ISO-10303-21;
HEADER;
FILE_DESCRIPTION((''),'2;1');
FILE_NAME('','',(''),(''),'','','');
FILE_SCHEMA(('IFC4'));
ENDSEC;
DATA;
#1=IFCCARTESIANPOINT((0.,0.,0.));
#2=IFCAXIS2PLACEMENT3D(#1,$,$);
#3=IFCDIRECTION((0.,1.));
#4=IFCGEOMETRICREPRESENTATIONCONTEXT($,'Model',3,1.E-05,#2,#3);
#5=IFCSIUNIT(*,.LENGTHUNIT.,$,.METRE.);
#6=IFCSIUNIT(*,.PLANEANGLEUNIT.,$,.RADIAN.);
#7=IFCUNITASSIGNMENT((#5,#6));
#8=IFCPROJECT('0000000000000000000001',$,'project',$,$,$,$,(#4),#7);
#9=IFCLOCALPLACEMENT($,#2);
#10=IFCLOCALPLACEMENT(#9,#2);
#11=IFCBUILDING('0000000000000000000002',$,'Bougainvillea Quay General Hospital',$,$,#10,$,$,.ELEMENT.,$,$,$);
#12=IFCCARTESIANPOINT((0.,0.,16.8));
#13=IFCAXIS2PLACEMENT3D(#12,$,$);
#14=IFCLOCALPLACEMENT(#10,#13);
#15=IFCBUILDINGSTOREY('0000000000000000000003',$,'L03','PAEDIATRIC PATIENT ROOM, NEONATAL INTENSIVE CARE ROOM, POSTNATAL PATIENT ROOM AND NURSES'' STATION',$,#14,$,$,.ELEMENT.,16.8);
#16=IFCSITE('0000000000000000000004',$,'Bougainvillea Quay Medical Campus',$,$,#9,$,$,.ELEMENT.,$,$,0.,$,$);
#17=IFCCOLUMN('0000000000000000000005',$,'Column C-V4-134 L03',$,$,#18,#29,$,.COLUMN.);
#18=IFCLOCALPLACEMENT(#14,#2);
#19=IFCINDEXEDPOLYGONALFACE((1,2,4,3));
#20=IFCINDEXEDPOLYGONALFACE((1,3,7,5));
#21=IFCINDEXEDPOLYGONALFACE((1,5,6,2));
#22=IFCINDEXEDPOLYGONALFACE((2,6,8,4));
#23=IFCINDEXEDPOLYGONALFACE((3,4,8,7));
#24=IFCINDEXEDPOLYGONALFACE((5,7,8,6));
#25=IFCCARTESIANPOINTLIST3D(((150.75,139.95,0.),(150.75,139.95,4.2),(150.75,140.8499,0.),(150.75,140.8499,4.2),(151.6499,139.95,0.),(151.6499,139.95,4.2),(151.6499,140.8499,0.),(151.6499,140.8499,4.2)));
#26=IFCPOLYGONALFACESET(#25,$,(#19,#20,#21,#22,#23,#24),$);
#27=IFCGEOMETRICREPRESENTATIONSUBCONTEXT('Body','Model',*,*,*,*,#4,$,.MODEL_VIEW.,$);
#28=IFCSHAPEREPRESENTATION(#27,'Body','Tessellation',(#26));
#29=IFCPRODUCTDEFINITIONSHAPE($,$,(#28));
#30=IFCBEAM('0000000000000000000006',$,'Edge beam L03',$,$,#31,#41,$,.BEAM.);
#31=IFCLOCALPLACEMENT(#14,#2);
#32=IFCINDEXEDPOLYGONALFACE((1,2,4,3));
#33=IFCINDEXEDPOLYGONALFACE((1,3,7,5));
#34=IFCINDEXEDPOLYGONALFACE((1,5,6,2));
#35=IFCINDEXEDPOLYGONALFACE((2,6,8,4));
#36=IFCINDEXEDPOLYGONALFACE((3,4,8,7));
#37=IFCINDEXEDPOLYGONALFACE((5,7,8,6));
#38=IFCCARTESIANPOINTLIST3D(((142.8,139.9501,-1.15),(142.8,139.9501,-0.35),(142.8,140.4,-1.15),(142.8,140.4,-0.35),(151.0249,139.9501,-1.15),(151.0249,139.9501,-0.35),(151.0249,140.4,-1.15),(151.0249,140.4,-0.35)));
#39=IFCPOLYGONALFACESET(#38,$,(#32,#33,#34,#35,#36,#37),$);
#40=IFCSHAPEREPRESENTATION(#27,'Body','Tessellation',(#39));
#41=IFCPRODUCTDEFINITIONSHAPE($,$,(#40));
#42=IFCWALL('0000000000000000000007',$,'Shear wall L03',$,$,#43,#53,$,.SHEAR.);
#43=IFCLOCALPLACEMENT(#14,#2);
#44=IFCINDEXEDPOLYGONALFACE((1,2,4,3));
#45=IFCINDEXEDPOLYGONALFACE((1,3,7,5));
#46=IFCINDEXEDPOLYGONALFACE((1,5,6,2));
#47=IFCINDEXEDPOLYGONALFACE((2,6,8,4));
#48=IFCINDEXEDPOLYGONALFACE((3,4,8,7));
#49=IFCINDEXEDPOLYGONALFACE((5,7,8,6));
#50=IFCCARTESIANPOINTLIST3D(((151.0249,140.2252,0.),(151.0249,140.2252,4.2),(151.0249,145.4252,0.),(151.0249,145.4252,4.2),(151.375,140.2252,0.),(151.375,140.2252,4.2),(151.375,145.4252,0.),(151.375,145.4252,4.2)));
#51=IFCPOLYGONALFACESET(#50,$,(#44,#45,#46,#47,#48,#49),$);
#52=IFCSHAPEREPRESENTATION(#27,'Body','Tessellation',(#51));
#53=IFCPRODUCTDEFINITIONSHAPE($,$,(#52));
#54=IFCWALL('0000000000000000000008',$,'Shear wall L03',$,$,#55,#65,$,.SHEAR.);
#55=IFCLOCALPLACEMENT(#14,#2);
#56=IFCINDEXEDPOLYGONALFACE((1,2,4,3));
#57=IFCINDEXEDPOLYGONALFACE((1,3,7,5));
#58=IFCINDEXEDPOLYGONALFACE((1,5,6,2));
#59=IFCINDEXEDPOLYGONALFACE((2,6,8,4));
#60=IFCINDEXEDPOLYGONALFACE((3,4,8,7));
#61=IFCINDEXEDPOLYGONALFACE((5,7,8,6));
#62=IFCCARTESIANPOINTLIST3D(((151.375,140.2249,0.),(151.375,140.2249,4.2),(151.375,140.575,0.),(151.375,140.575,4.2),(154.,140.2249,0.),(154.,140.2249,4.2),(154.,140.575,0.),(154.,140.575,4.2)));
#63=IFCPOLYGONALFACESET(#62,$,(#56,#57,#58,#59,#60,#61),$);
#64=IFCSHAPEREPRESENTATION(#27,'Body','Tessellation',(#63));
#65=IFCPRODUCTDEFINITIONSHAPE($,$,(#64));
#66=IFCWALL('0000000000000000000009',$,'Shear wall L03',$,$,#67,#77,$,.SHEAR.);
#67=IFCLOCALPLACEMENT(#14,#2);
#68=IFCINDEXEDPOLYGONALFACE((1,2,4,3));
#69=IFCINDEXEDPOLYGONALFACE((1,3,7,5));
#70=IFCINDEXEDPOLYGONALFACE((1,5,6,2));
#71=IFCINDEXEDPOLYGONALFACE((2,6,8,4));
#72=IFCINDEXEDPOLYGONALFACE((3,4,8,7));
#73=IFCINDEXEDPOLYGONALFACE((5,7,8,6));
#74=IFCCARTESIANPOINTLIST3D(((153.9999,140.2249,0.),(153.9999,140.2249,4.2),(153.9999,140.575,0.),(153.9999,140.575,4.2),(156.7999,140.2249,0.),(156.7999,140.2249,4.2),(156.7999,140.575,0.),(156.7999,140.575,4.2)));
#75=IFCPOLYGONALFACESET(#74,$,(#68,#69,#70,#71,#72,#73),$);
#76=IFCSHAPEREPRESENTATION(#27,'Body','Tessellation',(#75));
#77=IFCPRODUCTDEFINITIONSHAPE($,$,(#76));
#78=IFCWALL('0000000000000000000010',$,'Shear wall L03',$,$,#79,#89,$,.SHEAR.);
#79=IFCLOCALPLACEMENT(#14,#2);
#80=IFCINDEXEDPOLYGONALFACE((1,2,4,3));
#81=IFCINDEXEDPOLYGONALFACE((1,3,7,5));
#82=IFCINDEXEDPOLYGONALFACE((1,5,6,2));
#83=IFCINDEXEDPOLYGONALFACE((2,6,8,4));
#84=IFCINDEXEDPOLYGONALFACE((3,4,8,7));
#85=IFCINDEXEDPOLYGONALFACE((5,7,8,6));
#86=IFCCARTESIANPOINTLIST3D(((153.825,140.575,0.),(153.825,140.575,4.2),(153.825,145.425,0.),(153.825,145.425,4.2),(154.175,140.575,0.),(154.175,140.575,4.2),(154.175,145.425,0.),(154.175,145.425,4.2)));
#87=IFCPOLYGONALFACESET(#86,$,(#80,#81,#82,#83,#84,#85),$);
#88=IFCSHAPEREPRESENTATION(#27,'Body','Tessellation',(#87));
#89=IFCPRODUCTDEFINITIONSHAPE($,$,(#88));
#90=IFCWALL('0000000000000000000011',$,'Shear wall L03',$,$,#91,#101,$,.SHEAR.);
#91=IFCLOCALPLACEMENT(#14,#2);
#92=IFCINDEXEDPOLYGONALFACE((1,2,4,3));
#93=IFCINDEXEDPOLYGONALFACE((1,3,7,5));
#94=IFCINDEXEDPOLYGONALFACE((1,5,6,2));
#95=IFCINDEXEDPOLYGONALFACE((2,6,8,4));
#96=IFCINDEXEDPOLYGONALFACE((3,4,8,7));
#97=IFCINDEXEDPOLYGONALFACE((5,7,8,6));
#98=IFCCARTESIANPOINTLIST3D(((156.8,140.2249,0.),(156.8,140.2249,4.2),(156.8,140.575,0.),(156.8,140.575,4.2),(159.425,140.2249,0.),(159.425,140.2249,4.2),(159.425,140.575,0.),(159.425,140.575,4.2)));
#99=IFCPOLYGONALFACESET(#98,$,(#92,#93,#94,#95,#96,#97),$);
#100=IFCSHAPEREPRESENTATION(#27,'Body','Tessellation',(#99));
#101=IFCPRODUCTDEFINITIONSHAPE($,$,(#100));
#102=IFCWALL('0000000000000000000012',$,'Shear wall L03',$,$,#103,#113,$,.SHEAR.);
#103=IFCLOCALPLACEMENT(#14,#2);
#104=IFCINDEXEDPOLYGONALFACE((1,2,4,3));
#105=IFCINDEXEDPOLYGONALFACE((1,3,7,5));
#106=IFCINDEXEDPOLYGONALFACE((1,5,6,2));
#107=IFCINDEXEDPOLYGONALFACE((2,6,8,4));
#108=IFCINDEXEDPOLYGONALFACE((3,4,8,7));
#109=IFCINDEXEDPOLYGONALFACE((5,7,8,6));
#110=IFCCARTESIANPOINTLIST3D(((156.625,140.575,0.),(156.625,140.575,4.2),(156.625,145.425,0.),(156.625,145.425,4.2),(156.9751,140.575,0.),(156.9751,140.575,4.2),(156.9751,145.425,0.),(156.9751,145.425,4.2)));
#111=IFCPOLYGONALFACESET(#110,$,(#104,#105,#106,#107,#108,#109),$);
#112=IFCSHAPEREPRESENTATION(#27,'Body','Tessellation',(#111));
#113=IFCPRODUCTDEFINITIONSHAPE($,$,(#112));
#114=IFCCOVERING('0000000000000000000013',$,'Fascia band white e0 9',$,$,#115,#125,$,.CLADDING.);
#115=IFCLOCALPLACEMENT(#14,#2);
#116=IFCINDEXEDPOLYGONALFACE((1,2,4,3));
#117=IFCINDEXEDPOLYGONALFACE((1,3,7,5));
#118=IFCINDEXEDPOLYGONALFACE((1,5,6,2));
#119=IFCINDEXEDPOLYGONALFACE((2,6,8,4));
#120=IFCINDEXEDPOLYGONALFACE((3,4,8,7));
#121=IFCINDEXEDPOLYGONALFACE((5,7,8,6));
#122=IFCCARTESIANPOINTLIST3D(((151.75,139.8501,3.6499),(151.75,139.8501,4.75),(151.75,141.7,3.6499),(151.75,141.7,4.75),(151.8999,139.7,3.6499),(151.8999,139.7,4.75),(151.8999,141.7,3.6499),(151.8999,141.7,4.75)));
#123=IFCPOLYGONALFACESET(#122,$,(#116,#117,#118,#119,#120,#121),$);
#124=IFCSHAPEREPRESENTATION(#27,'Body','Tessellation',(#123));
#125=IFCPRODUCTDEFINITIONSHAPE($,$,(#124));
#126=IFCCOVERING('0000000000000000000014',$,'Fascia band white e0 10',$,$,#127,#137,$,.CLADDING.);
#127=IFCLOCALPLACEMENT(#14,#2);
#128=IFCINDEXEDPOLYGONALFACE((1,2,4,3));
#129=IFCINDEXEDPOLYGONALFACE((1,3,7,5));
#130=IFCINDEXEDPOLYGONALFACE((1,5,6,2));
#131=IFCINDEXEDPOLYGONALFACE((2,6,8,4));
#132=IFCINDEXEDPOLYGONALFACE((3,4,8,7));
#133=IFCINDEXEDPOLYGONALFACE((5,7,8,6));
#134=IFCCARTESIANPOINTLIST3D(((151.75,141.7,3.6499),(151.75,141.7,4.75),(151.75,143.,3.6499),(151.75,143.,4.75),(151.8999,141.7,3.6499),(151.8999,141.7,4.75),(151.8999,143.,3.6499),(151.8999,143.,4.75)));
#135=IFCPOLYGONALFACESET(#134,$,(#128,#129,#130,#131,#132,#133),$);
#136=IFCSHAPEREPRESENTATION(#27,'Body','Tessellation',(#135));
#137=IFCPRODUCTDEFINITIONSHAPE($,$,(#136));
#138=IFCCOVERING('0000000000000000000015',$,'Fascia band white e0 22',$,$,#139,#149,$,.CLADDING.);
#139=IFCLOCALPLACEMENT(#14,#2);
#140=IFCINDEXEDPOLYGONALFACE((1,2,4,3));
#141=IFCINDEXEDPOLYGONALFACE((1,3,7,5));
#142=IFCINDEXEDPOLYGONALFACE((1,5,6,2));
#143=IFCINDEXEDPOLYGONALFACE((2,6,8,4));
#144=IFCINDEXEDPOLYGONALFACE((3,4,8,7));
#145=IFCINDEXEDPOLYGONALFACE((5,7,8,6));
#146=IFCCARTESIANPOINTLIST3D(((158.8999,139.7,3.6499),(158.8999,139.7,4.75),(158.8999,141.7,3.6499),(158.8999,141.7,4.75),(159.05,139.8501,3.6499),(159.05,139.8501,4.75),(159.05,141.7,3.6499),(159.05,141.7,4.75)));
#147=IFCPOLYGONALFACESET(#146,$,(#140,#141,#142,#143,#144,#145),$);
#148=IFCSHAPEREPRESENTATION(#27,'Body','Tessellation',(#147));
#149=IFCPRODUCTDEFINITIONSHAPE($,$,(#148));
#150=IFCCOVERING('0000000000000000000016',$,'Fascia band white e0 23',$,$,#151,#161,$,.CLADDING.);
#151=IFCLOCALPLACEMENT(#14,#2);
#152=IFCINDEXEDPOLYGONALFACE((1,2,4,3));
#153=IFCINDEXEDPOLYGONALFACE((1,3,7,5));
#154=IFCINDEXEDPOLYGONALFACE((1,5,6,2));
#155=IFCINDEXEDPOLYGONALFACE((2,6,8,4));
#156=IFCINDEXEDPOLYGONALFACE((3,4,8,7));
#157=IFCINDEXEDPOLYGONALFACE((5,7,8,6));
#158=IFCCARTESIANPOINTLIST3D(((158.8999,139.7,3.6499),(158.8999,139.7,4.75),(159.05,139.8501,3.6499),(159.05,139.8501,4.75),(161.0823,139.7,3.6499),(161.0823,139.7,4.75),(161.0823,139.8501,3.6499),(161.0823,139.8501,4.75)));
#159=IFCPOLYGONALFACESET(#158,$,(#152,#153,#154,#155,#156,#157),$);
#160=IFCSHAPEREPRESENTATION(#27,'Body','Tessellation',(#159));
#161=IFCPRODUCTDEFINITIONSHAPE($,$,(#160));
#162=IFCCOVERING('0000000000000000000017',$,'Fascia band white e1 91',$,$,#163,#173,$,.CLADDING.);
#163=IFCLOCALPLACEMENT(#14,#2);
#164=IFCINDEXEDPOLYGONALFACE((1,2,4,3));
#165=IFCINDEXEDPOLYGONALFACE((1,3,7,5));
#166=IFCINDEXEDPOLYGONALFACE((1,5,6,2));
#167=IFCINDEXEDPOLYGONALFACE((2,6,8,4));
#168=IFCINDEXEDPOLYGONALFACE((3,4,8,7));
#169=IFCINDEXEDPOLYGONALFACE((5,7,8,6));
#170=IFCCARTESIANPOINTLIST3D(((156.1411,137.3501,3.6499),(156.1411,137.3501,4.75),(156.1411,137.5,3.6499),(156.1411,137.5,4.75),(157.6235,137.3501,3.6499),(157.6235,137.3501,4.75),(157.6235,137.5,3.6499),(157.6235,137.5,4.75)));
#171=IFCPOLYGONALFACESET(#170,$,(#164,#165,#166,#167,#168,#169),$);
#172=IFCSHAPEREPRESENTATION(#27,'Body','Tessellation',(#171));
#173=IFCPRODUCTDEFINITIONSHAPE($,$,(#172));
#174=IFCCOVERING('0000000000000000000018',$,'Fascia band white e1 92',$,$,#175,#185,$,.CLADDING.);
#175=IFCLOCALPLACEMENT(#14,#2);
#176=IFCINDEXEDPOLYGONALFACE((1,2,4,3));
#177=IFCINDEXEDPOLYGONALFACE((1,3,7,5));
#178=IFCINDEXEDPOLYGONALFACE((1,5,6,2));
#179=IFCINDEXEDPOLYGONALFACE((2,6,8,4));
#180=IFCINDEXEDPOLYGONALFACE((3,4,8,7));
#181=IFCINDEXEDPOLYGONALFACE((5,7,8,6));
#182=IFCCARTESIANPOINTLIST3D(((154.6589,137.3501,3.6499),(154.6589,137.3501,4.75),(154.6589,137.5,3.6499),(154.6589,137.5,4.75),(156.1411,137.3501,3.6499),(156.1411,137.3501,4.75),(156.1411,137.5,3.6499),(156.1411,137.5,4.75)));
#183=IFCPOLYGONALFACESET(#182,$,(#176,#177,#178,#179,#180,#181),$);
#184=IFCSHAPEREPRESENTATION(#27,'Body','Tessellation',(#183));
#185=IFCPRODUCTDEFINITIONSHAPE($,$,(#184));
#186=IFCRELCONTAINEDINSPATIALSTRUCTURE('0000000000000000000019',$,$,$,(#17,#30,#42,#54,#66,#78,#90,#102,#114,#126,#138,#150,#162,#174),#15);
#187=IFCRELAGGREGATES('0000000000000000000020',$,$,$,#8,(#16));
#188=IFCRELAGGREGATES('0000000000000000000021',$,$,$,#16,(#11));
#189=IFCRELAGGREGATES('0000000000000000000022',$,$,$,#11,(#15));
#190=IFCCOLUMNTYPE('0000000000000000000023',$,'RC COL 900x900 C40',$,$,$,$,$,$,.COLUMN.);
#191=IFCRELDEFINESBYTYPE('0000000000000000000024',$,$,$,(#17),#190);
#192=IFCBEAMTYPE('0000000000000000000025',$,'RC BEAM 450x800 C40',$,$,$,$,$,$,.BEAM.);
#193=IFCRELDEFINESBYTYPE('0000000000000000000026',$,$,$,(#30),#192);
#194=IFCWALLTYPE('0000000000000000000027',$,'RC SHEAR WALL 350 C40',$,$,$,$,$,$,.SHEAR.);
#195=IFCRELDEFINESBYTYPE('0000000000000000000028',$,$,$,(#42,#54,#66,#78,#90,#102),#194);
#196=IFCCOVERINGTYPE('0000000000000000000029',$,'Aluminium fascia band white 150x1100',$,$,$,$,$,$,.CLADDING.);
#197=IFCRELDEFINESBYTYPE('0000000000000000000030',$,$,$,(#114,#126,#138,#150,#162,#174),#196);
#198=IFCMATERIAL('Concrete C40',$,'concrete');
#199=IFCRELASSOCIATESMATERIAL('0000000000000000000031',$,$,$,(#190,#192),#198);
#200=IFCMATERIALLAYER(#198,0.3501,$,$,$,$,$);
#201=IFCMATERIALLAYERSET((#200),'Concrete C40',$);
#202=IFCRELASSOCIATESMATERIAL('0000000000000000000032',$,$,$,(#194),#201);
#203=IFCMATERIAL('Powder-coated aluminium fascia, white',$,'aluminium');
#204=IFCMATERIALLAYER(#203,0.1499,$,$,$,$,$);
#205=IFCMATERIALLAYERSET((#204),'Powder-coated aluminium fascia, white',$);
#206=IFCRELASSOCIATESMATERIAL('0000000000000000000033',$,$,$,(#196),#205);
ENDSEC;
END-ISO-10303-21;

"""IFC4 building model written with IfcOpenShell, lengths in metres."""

from ifc_helpers import new_model, si_unit, direction, frame, frame_2d, origin, origin_2d, place, context, subcontext, project, spatial, polyline, rectangle, outline, extrude, material, layer, layer_set, material_profile, profile_set, type_object, element, save


model = new_model("IFC4")

# Units and contexts
model_context = context("Model", 3, precision=1e-05, world=origin(), true_north=direction((0.0, 1.0)))
body_context = subcontext(model_context, "Body", "Model", "MODEL_VIEW")
ifc_project = project(units=[si_unit("LENGTHUNIT", "METRE"), si_unit("PLANEANGLEUNIT", "RADIAN")], contexts=[model_context])

# Site, building, storey
site_placement = place(None, origin())
site = spatial("IfcSite", under=ifc_project, at=site_placement, Name="Bougainvillea Quay Medical Campus", CompositionType="ELEMENT", RefElevation=0.0)
building_placement = place(site_placement, origin())
building = spatial("IfcBuilding", under=site, at=building_placement, Name="Bougainvillea Quay General Hospital", CompositionType="ELEMENT")
storey_placement = place(building_placement, frame((0.0, 0.0, 16.8)))
storey = spatial("IfcBuildingStorey", under=building, at=storey_placement, Name="L03", Description="PAEDIATRIC PATIENT ROOM, NEONATAL INTENSIVE CARE ROOM, POSTNATAL PATIENT ROOM AND NURSES' STATION", CompositionType="ELEMENT", Elevation=16.8)

# Column
ifc_material_1 = material(Name="Concrete C40", Category="concrete")
ifc_material_profile_1 = material_profile(ifc_material_1, rectangle(XDim=0.8999, YDim=0.8999, at=origin_2d()))
ifc_profile_set_1 = profile_set([ifc_material_profile_1], Name="Concrete C40")
column_type = type_object("IfcColumnType", Name="RC COL 900x900 C40", PredefinedType="COLUMN", material=ifc_profile_set_1)
column_placement = place(storey_placement, frame((151.2, 140.3999, 0.0), z_axis=(0.0, 0.0, 1.0), x_axis=(1.0, 0.0, 0.0)))
element("IfcColumn", 1, at=column_placement, inside=storey, type_object=column_type, Name="Column C-V4-134 L03", PredefinedType="COLUMN", context=body_context, shape_type="SweptSolid", body=[
    extrude(rectangle(XDim=0.8999, YDim=0.8999, at=origin_2d()), origin(), (0.0, 0.0, 1.0), 4.2),
])

# Beam
ifc_material_profile_2 = material_profile(ifc_material_1, rectangle(XDim=0.45, YDim=0.8, at=origin_2d()))
ifc_profile_set_2 = profile_set([ifc_material_profile_2], Name="Concrete C40")
beam_type = type_object("IfcBeamType", Name="RC BEAM 450x800 C40", PredefinedType="BEAM", material=ifc_profile_set_2)
beam_placement = place(storey_placement, frame((151.0249, 140.175, -0.75), z_axis=(-1.0, 0.0, 0.0), x_axis=(0.0, -1.0, 0.0)))
element("IfcBeam", 2, at=beam_placement, inside=storey, type_object=beam_type, Name="Edge beam L03", PredefinedType="BEAM", context=body_context, shape_type="SweptSolid", body=[
    extrude(rectangle(XDim=0.45, YDim=0.8, at=origin_2d()), origin(), (0.0, 0.0, 1.0), 8.2249),
])

# Walls
ifc_layer_1 = layer(ifc_material_1, 0.3501)
ifc_layer_set_1 = layer_set([ifc_layer_1], Name="Concrete C40")
wall_type = type_object("IfcWallType", Name="RC SHEAR WALL 350 C40", PredefinedType="SHEAR", material=ifc_layer_set_1)
wall_1_placement = place(storey_placement, frame((151.2, 140.2251, 0.0), z_axis=(0.0, 0.0, 1.0), x_axis=(0.0, 1.0, 0.0)))
element("IfcWall", 3, at=wall_1_placement, inside=storey, type_object=wall_type, Name="Shear wall L03", PredefinedType="SHEAR", context=body_context, shape_type="SweptSolid", body=[
    extrude(rectangle(XDim=5.2, YDim=0.3501, at=frame_2d((2.6001, 0.0))), origin(), (0.0, 0.0, 1.0), 4.2),
])
wall_2_placement = place(storey_placement, frame((151.375, 140.3999, 0.0), z_axis=(0.0, 0.0, 1.0), x_axis=(1.0, 0.0, 0.0)))
element("IfcWall", 4, at=wall_2_placement, inside=storey, type_object=wall_type, Name="Shear wall L03", PredefinedType="SHEAR", context=body_context, shape_type="SweptSolid", body=[
    extrude(rectangle(XDim=2.625, YDim=0.3501, at=frame_2d((1.3125, 0.0))), origin(), (0.0, 0.0, 1.0), 4.2),
])
wall_3_placement = place(storey_placement, frame((154.0, 140.3999, 0.0), z_axis=(0.0, 0.0, 1.0), x_axis=(1.0, 0.0, 0.0)))
element("IfcWall", 5, at=wall_3_placement, inside=storey, type_object=wall_type, Name="Shear wall L03", PredefinedType="SHEAR", context=body_context, shape_type="SweptSolid", body=[
    extrude(rectangle(XDim=2.8, YDim=0.3501, at=frame_2d((1.3999, 0.0))), origin(), (0.0, 0.0, 1.0), 4.2),
])
wall_4_placement = place(storey_placement, frame((154.0, 140.575, 0.0), z_axis=(0.0, 0.0, 1.0), x_axis=(0.0, 1.0, 0.0)))
element("IfcWall", 6, at=wall_4_placement, inside=storey, type_object=wall_type, Name="Shear wall L03", PredefinedType="SHEAR", context=body_context, shape_type="SweptSolid", body=[
    extrude(rectangle(XDim=4.8501, YDim=0.3501, at=frame_2d((2.425, 0.0))), origin(), (0.0, 0.0, 1.0), 4.2),
])
wall_5_placement = place(storey_placement, frame((156.8, 140.3999, 0.0), z_axis=(0.0, 0.0, 1.0), x_axis=(1.0, 0.0, 0.0)))
element("IfcWall", 7, at=wall_5_placement, inside=storey, type_object=wall_type, Name="Shear wall L03", PredefinedType="SHEAR", context=body_context, shape_type="SweptSolid", body=[
    extrude(rectangle(XDim=2.625, YDim=0.3501, at=frame_2d((1.3125, 0.0))), origin(), (0.0, 0.0, 1.0), 4.2),
])
wall_6_placement = place(storey_placement, frame((156.8, 140.575, 0.0), z_axis=(0.0, 0.0, 1.0), x_axis=(0.0, 1.0, 0.0)))
element("IfcWall", 8, at=wall_6_placement, inside=storey, type_object=wall_type, Name="Shear wall L03", PredefinedType="SHEAR", context=body_context, shape_type="SweptSolid", body=[
    extrude(rectangle(XDim=4.8501, YDim=0.3501, at=frame_2d((2.425, 0.0))), origin(), (0.0, 0.0, 1.0), 4.2),
])

# Coverings
ifc_material_2 = material(Name="Powder-coated aluminium fascia, white", Category="aluminium")
ifc_layer_2 = layer(ifc_material_2, 0.1499)
ifc_layer_set_2 = layer_set([ifc_layer_2], Name="Powder-coated aluminium fascia, white")
covering_type = type_object("IfcCoveringType", Name="Aluminium fascia band white 150x1100", PredefinedType="CLADDING", material=ifc_layer_set_2)
covering_1_placement = place(storey_placement, frame((151.75, 139.8501, 3.6499), z_axis=(0.0, 0.0, 1.0), x_axis=(0.0, 1.0, 0.0)))
element("IfcCovering", 9, at=covering_1_placement, inside=storey, type_object=covering_type, Name="Fascia band white e0 9", PredefinedType="CLADDING", context=body_context, shape_type="SweptSolid", body=[
    extrude(outline(polyline([(0.0, 0.0), (1.8499, 0.0), (1.8499, -0.1499), (-0.1501, -0.1499), (0.0, 0.0)])), origin(), (0.0, 0.0, 1.0), 1.1001),
])
covering_2_placement = place(storey_placement, frame((151.75, 141.7, 3.6499), z_axis=(0.0, 0.0, 1.0), x_axis=(0.0, 1.0, 0.0)))
element("IfcCovering", 10, at=covering_2_placement, inside=storey, type_object=covering_type, Name="Fascia band white e0 10", PredefinedType="CLADDING", context=body_context, shape_type="SweptSolid", body=[
    extrude(outline(polyline([(0.0, 0.0), (1.3, 0.0), (1.3, -0.1499), (0.0, -0.1499), (0.0, 0.0)])), origin(), (0.0, 0.0, 1.0), 1.1001),
])
covering_3_placement = place(storey_placement, frame((159.05, 141.7, 3.6499), z_axis=(0.0, 0.0, 1.0), x_axis=(0.0, -1.0, 0.0)))
element("IfcCovering", 11, at=covering_3_placement, inside=storey, type_object=covering_type, Name="Fascia band white e0 22", PredefinedType="CLADDING", context=body_context, shape_type="SweptSolid", body=[
    extrude(outline(polyline([(0.0, 0.0), (1.8499, 0.0), (2.0, -0.1501), (0.0, -0.1501), (0.0, 0.0)])), origin(), (0.0, 0.0, 1.0), 1.1001),
])
covering_4_placement = place(storey_placement, frame((159.05, 139.8501, 3.6499), z_axis=(0.0, 0.0, 1.0), x_axis=(1.0, 0.0, 0.0)))
element("IfcCovering", 12, at=covering_4_placement, inside=storey, type_object=covering_type, Name="Fascia band white e0 23", PredefinedType="CLADDING", context=body_context, shape_type="SweptSolid", body=[
    extrude(outline(polyline([(0.0, 0.0), (2.0322, 0.0), (2.0322, -0.1501), (-0.1501, -0.1501), (0.0, 0.0)])), origin(), (0.0, 0.0, 1.0), 1.1001),
])
covering_5_placement = place(storey_placement, frame((157.6235, 137.3501, 3.6499), z_axis=(0.0, 0.0, 1.0), x_axis=(-1.0, 0.0, 0.0)))
element("IfcCovering", 13, at=covering_5_placement, inside=storey, type_object=covering_type, Name="Fascia band white e1 91", PredefinedType="CLADDING", context=body_context, shape_type="SweptSolid", body=[
    extrude(outline(polyline([(0.0, 0.0), (1.4824, 0.0), (1.4824, -0.1499), (0.0, -0.1499), (0.0, 0.0)])), origin(), (0.0, 0.0, 1.0), 1.1001),
])
covering_6_placement = place(storey_placement, frame((156.1411, 137.3501, 3.6499), z_axis=(0.0, 0.0, 1.0), x_axis=(-1.0, 0.0, 0.0)))
element("IfcCovering", 14, at=covering_6_placement, inside=storey, type_object=covering_type, Name="Fascia band white e1 92", PredefinedType="CLADDING", context=body_context, shape_type="SweptSolid", body=[
    extrude(outline(polyline([(0.0, 0.0), (1.4822, 0.0), (1.4822, -0.1499), (0.0, -0.1499), (0.0, 0.0)])), origin(), (0.0, 0.0, 1.0), 1.1001),
])

save(model, "model.ifc")
